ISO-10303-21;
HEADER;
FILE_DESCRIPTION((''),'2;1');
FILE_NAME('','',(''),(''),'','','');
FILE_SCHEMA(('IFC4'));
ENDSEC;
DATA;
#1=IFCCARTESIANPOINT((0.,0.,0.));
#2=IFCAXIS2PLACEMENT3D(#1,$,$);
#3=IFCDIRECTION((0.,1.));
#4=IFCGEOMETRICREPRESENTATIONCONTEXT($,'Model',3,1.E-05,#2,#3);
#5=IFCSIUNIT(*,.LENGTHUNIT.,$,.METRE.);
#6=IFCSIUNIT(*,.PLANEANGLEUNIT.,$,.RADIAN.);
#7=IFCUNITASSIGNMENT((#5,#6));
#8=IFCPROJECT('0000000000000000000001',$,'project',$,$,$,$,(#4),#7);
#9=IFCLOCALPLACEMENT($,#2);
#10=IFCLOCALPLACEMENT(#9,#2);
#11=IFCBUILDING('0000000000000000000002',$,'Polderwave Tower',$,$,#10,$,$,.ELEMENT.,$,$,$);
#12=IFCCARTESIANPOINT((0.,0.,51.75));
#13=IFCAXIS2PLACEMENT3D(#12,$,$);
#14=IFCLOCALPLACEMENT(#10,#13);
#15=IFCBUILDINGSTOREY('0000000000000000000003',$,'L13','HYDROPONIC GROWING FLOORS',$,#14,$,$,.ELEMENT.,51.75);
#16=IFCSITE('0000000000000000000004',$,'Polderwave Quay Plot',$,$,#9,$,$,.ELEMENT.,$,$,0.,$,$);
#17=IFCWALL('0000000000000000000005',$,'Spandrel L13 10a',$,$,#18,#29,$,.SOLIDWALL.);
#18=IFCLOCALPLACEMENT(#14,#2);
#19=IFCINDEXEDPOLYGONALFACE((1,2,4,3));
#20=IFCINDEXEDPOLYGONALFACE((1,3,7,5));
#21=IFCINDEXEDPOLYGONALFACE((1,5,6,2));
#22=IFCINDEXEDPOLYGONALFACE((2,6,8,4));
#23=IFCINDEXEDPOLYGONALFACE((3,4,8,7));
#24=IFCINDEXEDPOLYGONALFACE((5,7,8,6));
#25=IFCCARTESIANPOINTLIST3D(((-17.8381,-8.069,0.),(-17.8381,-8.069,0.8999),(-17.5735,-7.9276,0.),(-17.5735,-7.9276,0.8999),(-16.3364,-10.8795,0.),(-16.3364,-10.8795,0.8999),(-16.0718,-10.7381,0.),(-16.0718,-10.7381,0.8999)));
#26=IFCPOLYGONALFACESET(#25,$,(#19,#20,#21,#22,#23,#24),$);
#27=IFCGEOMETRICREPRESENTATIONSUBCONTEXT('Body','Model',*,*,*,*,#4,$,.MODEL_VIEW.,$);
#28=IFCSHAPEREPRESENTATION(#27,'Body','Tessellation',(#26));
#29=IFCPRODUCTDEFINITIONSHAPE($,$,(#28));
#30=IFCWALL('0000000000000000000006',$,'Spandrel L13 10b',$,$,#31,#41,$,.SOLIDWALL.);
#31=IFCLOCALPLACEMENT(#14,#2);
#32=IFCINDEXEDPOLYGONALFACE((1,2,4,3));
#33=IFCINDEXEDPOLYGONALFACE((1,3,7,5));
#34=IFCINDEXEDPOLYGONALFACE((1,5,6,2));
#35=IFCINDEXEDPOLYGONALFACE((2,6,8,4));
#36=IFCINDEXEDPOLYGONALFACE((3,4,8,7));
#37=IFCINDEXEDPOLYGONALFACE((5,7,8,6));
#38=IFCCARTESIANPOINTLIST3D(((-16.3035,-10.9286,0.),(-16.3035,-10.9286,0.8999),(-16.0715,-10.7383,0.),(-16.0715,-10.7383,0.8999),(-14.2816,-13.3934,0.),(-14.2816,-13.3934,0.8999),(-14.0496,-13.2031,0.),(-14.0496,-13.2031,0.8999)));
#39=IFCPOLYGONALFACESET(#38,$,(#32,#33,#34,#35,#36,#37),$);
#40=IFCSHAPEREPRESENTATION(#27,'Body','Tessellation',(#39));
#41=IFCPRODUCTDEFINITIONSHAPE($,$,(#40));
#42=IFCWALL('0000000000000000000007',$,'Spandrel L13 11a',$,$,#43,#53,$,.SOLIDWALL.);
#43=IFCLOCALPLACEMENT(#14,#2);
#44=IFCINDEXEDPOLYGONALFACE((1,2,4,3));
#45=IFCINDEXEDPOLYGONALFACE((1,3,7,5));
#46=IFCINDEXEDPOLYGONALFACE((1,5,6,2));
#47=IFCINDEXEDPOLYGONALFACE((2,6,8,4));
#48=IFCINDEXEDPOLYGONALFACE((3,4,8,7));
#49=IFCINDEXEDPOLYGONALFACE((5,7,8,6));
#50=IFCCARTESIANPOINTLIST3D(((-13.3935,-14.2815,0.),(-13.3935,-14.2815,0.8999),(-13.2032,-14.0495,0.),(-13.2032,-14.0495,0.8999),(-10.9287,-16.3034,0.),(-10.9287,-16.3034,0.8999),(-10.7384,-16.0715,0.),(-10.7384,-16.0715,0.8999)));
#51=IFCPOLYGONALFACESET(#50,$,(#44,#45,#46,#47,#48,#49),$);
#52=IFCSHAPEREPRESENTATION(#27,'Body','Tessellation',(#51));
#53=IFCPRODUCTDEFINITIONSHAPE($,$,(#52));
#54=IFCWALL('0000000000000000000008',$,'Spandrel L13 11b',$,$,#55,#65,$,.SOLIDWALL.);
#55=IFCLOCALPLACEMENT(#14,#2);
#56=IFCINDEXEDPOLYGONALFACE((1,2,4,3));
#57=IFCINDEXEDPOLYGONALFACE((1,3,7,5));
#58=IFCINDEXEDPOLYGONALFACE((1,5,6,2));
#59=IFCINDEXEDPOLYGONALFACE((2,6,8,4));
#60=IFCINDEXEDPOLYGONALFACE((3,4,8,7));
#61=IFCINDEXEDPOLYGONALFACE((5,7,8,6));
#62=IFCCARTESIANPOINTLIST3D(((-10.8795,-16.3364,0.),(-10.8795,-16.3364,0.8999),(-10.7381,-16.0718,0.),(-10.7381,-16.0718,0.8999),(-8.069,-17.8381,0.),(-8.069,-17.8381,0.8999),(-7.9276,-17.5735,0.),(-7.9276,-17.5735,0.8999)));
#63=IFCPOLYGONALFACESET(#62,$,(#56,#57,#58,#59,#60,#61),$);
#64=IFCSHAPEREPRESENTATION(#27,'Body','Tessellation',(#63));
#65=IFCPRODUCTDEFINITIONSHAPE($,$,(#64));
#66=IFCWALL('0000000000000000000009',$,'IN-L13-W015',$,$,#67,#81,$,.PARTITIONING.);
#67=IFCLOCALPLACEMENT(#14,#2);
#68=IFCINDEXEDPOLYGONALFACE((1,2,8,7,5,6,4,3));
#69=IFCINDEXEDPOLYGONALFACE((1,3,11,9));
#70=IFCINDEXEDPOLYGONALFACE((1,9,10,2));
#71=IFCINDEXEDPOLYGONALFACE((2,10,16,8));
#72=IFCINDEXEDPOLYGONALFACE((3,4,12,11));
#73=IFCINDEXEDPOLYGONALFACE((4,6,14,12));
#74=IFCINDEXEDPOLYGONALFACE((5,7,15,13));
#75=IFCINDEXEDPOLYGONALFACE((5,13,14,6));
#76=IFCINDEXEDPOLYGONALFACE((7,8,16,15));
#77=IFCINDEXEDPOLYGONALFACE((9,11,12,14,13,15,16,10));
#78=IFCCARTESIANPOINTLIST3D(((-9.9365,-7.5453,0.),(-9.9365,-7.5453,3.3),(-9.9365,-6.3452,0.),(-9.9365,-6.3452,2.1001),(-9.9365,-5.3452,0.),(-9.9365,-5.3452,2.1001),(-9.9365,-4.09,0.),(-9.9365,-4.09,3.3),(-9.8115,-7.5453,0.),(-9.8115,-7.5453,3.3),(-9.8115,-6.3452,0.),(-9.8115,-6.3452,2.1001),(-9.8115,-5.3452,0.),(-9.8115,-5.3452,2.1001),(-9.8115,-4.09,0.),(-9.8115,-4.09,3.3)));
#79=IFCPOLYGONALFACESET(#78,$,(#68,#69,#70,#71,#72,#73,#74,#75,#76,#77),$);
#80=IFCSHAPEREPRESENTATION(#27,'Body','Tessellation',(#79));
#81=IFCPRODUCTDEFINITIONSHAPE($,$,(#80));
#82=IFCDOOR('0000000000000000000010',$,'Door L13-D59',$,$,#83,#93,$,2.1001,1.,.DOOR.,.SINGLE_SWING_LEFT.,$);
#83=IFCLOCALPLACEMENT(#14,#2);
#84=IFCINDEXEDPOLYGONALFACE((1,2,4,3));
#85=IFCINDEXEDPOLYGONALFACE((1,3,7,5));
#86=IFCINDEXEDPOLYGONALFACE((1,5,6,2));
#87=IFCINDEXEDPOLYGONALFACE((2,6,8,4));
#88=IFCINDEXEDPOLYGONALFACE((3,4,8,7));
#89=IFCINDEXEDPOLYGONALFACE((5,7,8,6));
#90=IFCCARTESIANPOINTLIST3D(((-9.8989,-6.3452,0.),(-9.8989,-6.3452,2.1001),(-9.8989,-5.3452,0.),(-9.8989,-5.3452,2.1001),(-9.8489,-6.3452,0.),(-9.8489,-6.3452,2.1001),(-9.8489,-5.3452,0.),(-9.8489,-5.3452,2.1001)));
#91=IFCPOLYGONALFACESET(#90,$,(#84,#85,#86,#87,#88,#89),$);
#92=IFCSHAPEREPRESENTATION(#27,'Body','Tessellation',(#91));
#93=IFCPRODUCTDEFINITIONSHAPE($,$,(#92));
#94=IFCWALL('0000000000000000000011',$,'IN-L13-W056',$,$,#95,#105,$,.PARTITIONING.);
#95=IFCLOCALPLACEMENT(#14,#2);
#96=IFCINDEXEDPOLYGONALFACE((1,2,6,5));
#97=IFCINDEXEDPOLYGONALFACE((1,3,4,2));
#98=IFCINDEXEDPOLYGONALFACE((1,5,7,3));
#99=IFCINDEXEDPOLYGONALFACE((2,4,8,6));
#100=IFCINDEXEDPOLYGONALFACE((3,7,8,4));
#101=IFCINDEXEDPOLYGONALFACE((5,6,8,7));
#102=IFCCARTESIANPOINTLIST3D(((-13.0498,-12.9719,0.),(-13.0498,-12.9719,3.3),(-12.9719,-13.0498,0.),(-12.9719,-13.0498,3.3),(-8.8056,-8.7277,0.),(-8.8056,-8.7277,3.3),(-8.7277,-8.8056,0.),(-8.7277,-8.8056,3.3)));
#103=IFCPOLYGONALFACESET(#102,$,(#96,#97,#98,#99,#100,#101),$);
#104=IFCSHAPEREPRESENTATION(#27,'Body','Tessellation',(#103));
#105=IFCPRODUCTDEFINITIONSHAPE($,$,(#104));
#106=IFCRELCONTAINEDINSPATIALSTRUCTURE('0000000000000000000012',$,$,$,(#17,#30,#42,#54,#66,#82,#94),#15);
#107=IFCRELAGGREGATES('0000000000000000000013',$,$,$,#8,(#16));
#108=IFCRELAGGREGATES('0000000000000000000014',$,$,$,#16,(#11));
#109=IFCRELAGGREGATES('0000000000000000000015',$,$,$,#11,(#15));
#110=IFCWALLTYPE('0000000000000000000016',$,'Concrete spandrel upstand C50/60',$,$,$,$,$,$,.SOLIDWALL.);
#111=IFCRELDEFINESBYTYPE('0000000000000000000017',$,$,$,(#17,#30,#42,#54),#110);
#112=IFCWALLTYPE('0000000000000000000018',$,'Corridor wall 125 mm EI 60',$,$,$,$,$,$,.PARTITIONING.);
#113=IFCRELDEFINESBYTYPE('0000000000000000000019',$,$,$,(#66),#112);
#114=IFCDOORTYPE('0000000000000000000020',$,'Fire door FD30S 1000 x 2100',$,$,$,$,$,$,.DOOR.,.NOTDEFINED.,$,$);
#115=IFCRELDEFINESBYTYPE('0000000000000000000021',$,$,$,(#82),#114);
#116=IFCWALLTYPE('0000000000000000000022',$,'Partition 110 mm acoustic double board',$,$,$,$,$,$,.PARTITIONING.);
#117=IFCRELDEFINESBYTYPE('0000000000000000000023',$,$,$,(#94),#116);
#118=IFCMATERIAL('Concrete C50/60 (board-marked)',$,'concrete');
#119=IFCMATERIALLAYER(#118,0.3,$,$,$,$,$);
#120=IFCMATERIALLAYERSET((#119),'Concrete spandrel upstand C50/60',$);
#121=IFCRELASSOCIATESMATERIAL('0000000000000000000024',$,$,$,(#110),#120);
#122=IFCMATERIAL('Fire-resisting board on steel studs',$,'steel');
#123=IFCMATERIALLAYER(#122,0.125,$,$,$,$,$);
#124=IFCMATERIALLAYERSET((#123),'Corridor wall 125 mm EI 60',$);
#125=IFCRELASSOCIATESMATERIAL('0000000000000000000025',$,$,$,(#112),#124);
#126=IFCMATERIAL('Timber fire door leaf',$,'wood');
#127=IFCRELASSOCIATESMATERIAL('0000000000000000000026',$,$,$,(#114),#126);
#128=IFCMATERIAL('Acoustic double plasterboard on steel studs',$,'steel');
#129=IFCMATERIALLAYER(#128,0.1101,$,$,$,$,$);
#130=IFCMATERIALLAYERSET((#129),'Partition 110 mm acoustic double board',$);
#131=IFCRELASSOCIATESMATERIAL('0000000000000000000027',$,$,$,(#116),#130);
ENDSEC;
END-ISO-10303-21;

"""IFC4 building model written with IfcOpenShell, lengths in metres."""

from ifc_helpers import new_model, si_unit, direction, frame, frame_2d, origin, place, context, subcontext, project, spatial, rectangle, extrude, material, layer, layer_set, type_object, element, fill, save


model = new_model("IFC4")

# Units and contexts
model_context = context("Model", 3, precision=1e-05, world=origin(), true_north=direction((0.0, 1.0)))
body_context = subcontext(model_context, "Body", "Model", "MODEL_VIEW")
ifc_project = project(units=[si_unit("LENGTHUNIT", "METRE"), si_unit("PLANEANGLEUNIT", "RADIAN")], contexts=[model_context])

# Site, building, storey
site_placement = place(None, origin())
site = spatial("IfcSite", under=ifc_project, at=site_placement, Name="Polderwave Quay Plot", CompositionType="ELEMENT", RefElevation=0.0)
building_placement = place(site_placement, origin())
building = spatial("IfcBuilding", under=site, at=building_placement, Name="Polderwave Tower", CompositionType="ELEMENT")
storey_placement = place(building_placement, frame((0.0, 0.0, 51.75)))
storey = spatial("IfcBuildingStorey", under=building, at=storey_placement, Name="L13", Description="HYDROPONIC GROWING FLOORS", CompositionType="ELEMENT", Elevation=51.75)

# Walls
ifc_material_1 = material(Name="Concrete C50/60 (board-marked)", Category="concrete")
ifc_layer_1 = layer(ifc_material_1, 0.3)
ifc_layer_set_1 = layer_set([ifc_layer_1], Name="Concrete spandrel upstand C50/60")
wall_type_1 = type_object("IfcWallType", Name="Concrete spandrel upstand C50/60", PredefinedType="SOLIDWALL", material=ifc_layer_set_1)
wall_1_placement = place(storey_placement, frame((-17.7058, -7.9983, 0.0), z_axis=(0.0, 0.0, 1.0), x_axis=(0.47126, -0.881994, 0.0)))
element("IfcWall", 1, at=wall_1_placement, inside=storey, type_object=wall_type_1, Name="Spandrel L13 10a", PredefinedType="SOLIDWALL", context=body_context, shape_type="SweptSolid", body=[
    extrude(rectangle(XDim=3.1865, YDim=0.3, at=frame_2d((1.5933, 0.0))), origin(), (0.0, 0.0, 1.0), 0.8999),
])
for number, where, z_axis, x_axis, name in (
    (2, (-16.1875, -10.8335, 0.0), (0.0, 0.0, 1.0), (0.63423, -0.773145, 0.0), "Spandrel L13 10b"),
    (3, (-13.2983, -14.1655, 0.0), (0.0, 0.0, 1.0), (0.773145, -0.63423, 0.0), "Spandrel L13 11a"),
):
    element("IfcWall", number, at=place(storey_placement, frame(where, z_axis=z_axis, x_axis=x_axis)), inside=storey, type_object=wall_type_1, Name=name, PredefinedType="SOLIDWALL", context=body_context, shape_type="SweptSolid", body=[
        extrude(rectangle(XDim=3.188, YDim=0.3, at=frame_2d((1.594, 0.0))), origin(), (0.0, 0.0, 1.0), 0.8999),
    ])
wall_2_placement = place(storey_placement, frame((-10.8088, -16.2041, 0.0), z_axis=(0.0, 0.0, 1.0), x_axis=(0.881994, -0.47126, 0.0)))
element("IfcWall", 4, at=wall_2_placement, inside=storey, type_object=wall_type_1, Name="Spandrel L13 11b", PredefinedType="SOLIDWALL", context=body_context, shape_type="SweptSolid", body=[
    extrude(rectangle(XDim=3.1865, YDim=0.3, at=frame_2d((1.5933, 0.0))), origin(), (0.0, 0.0, 1.0), 0.8999),
])

# Wall, opening, door
ifc_material_2 = material(Name="Fire-resisting board on steel studs", Category="steel")
ifc_layer_2 = layer(ifc_material_2, 0.125)
ifc_layer_set_2 = layer_set([ifc_layer_2], Name="Corridor wall 125 mm EI 60")
wall_type_2 = type_object("IfcWallType", Name="Corridor wall 125 mm EI 60", PredefinedType="PARTITIONING", material=ifc_layer_set_2)
wall_3_placement = place(storey_placement, frame((-9.874, -7.5452, 0.0), z_axis=(0.0, 0.0, 1.0), x_axis=(0.0, 1.0, 0.0)))
wall_3 = element("IfcWall", 5, at=wall_3_placement, inside=storey, type_object=wall_type_2, Name="IN-L13-W015", PredefinedType="PARTITIONING", context=body_context, shape_type="SweptSolid", body=[
    extrude(rectangle(XDim=3.4553, YDim=0.125, at=frame_2d((1.7275, 0.0))), origin(), (0.0, 0.0, 1.0), 3.3),
])
opening_placement = place(wall_3_placement, frame((1.2, 0.0, 0.0)))
opening = element("IfcOpeningElement", 6, at=opening_placement, cuts=wall_3, PredefinedType="OPENING", context=body_context, shape_type="SweptSolid", body=[
    extrude(rectangle(XDim=1.0, YDim=2.1001, at=frame_2d((0.5, 1.05))), frame((0.0, 0.0725, 0.0), z_axis=(0.0, -1.0, 0.0), x_axis=(1.0, 0.0, 0.0)), (0.0, 0.0, 1.0), 0.145),
])
ifc_material_3 = material(Name="Timber fire door leaf", Category="wood")
door_type = type_object("IfcDoorType", Name="Fire door FD30S 1000 x 2100", OperationType="NOTDEFINED", PredefinedType="DOOR", material=ifc_material_3)
door_placement = place(opening_placement, origin())
door = element("IfcDoor", 7, at=door_placement, inside=storey, type_object=door_type, Name="Door L13-D59", OperationType="SINGLE_SWING_LEFT", OverallHeight=2.1001, OverallWidth=1.0, PredefinedType="DOOR", context=body_context, shape_type="SweptSolid", body=[
    extrude(rectangle(XDim=1.0, YDim=2.1001, at=frame_2d((0.5, 1.05))), frame((0.0, 0.0249, 0.0), z_axis=(0.0, -1.0, 0.0), x_axis=(1.0, 0.0, 0.0)), (0.0, 0.0, 1.0), 0.05),
])
fill(opening, door)

# Wall
ifc_material_4 = material(Name="Acoustic double plasterboard on steel studs", Category="steel")
ifc_layer_3 = layer(ifc_material_4, 0.1101)
ifc_layer_set_3 = layer_set([ifc_layer_3], Name="Partition 110 mm acoustic double board")
wall_type_3 = type_object("IfcWallType", Name="Partition 110 mm acoustic double board", PredefinedType="PARTITIONING", material=ifc_layer_set_3)
wall_4_placement = place(storey_placement, frame((-13.0107, -13.0107, 0.0), z_axis=(0.0, 0.0, 1.0), x_axis=(0.707107, 0.707107, 0.0)))
element("IfcWall", 8, at=wall_4_placement, inside=storey, type_object=wall_type_3, Name="IN-L13-W056", PredefinedType="PARTITIONING", context=body_context, shape_type="SweptSolid", body=[
    extrude(rectangle(XDim=6.0022, YDim=0.1101, at=frame_2d((3.001, 0.0))), origin(), (0.0, 0.0, 1.0), 3.3),
])

save(model, "model.ifc")
